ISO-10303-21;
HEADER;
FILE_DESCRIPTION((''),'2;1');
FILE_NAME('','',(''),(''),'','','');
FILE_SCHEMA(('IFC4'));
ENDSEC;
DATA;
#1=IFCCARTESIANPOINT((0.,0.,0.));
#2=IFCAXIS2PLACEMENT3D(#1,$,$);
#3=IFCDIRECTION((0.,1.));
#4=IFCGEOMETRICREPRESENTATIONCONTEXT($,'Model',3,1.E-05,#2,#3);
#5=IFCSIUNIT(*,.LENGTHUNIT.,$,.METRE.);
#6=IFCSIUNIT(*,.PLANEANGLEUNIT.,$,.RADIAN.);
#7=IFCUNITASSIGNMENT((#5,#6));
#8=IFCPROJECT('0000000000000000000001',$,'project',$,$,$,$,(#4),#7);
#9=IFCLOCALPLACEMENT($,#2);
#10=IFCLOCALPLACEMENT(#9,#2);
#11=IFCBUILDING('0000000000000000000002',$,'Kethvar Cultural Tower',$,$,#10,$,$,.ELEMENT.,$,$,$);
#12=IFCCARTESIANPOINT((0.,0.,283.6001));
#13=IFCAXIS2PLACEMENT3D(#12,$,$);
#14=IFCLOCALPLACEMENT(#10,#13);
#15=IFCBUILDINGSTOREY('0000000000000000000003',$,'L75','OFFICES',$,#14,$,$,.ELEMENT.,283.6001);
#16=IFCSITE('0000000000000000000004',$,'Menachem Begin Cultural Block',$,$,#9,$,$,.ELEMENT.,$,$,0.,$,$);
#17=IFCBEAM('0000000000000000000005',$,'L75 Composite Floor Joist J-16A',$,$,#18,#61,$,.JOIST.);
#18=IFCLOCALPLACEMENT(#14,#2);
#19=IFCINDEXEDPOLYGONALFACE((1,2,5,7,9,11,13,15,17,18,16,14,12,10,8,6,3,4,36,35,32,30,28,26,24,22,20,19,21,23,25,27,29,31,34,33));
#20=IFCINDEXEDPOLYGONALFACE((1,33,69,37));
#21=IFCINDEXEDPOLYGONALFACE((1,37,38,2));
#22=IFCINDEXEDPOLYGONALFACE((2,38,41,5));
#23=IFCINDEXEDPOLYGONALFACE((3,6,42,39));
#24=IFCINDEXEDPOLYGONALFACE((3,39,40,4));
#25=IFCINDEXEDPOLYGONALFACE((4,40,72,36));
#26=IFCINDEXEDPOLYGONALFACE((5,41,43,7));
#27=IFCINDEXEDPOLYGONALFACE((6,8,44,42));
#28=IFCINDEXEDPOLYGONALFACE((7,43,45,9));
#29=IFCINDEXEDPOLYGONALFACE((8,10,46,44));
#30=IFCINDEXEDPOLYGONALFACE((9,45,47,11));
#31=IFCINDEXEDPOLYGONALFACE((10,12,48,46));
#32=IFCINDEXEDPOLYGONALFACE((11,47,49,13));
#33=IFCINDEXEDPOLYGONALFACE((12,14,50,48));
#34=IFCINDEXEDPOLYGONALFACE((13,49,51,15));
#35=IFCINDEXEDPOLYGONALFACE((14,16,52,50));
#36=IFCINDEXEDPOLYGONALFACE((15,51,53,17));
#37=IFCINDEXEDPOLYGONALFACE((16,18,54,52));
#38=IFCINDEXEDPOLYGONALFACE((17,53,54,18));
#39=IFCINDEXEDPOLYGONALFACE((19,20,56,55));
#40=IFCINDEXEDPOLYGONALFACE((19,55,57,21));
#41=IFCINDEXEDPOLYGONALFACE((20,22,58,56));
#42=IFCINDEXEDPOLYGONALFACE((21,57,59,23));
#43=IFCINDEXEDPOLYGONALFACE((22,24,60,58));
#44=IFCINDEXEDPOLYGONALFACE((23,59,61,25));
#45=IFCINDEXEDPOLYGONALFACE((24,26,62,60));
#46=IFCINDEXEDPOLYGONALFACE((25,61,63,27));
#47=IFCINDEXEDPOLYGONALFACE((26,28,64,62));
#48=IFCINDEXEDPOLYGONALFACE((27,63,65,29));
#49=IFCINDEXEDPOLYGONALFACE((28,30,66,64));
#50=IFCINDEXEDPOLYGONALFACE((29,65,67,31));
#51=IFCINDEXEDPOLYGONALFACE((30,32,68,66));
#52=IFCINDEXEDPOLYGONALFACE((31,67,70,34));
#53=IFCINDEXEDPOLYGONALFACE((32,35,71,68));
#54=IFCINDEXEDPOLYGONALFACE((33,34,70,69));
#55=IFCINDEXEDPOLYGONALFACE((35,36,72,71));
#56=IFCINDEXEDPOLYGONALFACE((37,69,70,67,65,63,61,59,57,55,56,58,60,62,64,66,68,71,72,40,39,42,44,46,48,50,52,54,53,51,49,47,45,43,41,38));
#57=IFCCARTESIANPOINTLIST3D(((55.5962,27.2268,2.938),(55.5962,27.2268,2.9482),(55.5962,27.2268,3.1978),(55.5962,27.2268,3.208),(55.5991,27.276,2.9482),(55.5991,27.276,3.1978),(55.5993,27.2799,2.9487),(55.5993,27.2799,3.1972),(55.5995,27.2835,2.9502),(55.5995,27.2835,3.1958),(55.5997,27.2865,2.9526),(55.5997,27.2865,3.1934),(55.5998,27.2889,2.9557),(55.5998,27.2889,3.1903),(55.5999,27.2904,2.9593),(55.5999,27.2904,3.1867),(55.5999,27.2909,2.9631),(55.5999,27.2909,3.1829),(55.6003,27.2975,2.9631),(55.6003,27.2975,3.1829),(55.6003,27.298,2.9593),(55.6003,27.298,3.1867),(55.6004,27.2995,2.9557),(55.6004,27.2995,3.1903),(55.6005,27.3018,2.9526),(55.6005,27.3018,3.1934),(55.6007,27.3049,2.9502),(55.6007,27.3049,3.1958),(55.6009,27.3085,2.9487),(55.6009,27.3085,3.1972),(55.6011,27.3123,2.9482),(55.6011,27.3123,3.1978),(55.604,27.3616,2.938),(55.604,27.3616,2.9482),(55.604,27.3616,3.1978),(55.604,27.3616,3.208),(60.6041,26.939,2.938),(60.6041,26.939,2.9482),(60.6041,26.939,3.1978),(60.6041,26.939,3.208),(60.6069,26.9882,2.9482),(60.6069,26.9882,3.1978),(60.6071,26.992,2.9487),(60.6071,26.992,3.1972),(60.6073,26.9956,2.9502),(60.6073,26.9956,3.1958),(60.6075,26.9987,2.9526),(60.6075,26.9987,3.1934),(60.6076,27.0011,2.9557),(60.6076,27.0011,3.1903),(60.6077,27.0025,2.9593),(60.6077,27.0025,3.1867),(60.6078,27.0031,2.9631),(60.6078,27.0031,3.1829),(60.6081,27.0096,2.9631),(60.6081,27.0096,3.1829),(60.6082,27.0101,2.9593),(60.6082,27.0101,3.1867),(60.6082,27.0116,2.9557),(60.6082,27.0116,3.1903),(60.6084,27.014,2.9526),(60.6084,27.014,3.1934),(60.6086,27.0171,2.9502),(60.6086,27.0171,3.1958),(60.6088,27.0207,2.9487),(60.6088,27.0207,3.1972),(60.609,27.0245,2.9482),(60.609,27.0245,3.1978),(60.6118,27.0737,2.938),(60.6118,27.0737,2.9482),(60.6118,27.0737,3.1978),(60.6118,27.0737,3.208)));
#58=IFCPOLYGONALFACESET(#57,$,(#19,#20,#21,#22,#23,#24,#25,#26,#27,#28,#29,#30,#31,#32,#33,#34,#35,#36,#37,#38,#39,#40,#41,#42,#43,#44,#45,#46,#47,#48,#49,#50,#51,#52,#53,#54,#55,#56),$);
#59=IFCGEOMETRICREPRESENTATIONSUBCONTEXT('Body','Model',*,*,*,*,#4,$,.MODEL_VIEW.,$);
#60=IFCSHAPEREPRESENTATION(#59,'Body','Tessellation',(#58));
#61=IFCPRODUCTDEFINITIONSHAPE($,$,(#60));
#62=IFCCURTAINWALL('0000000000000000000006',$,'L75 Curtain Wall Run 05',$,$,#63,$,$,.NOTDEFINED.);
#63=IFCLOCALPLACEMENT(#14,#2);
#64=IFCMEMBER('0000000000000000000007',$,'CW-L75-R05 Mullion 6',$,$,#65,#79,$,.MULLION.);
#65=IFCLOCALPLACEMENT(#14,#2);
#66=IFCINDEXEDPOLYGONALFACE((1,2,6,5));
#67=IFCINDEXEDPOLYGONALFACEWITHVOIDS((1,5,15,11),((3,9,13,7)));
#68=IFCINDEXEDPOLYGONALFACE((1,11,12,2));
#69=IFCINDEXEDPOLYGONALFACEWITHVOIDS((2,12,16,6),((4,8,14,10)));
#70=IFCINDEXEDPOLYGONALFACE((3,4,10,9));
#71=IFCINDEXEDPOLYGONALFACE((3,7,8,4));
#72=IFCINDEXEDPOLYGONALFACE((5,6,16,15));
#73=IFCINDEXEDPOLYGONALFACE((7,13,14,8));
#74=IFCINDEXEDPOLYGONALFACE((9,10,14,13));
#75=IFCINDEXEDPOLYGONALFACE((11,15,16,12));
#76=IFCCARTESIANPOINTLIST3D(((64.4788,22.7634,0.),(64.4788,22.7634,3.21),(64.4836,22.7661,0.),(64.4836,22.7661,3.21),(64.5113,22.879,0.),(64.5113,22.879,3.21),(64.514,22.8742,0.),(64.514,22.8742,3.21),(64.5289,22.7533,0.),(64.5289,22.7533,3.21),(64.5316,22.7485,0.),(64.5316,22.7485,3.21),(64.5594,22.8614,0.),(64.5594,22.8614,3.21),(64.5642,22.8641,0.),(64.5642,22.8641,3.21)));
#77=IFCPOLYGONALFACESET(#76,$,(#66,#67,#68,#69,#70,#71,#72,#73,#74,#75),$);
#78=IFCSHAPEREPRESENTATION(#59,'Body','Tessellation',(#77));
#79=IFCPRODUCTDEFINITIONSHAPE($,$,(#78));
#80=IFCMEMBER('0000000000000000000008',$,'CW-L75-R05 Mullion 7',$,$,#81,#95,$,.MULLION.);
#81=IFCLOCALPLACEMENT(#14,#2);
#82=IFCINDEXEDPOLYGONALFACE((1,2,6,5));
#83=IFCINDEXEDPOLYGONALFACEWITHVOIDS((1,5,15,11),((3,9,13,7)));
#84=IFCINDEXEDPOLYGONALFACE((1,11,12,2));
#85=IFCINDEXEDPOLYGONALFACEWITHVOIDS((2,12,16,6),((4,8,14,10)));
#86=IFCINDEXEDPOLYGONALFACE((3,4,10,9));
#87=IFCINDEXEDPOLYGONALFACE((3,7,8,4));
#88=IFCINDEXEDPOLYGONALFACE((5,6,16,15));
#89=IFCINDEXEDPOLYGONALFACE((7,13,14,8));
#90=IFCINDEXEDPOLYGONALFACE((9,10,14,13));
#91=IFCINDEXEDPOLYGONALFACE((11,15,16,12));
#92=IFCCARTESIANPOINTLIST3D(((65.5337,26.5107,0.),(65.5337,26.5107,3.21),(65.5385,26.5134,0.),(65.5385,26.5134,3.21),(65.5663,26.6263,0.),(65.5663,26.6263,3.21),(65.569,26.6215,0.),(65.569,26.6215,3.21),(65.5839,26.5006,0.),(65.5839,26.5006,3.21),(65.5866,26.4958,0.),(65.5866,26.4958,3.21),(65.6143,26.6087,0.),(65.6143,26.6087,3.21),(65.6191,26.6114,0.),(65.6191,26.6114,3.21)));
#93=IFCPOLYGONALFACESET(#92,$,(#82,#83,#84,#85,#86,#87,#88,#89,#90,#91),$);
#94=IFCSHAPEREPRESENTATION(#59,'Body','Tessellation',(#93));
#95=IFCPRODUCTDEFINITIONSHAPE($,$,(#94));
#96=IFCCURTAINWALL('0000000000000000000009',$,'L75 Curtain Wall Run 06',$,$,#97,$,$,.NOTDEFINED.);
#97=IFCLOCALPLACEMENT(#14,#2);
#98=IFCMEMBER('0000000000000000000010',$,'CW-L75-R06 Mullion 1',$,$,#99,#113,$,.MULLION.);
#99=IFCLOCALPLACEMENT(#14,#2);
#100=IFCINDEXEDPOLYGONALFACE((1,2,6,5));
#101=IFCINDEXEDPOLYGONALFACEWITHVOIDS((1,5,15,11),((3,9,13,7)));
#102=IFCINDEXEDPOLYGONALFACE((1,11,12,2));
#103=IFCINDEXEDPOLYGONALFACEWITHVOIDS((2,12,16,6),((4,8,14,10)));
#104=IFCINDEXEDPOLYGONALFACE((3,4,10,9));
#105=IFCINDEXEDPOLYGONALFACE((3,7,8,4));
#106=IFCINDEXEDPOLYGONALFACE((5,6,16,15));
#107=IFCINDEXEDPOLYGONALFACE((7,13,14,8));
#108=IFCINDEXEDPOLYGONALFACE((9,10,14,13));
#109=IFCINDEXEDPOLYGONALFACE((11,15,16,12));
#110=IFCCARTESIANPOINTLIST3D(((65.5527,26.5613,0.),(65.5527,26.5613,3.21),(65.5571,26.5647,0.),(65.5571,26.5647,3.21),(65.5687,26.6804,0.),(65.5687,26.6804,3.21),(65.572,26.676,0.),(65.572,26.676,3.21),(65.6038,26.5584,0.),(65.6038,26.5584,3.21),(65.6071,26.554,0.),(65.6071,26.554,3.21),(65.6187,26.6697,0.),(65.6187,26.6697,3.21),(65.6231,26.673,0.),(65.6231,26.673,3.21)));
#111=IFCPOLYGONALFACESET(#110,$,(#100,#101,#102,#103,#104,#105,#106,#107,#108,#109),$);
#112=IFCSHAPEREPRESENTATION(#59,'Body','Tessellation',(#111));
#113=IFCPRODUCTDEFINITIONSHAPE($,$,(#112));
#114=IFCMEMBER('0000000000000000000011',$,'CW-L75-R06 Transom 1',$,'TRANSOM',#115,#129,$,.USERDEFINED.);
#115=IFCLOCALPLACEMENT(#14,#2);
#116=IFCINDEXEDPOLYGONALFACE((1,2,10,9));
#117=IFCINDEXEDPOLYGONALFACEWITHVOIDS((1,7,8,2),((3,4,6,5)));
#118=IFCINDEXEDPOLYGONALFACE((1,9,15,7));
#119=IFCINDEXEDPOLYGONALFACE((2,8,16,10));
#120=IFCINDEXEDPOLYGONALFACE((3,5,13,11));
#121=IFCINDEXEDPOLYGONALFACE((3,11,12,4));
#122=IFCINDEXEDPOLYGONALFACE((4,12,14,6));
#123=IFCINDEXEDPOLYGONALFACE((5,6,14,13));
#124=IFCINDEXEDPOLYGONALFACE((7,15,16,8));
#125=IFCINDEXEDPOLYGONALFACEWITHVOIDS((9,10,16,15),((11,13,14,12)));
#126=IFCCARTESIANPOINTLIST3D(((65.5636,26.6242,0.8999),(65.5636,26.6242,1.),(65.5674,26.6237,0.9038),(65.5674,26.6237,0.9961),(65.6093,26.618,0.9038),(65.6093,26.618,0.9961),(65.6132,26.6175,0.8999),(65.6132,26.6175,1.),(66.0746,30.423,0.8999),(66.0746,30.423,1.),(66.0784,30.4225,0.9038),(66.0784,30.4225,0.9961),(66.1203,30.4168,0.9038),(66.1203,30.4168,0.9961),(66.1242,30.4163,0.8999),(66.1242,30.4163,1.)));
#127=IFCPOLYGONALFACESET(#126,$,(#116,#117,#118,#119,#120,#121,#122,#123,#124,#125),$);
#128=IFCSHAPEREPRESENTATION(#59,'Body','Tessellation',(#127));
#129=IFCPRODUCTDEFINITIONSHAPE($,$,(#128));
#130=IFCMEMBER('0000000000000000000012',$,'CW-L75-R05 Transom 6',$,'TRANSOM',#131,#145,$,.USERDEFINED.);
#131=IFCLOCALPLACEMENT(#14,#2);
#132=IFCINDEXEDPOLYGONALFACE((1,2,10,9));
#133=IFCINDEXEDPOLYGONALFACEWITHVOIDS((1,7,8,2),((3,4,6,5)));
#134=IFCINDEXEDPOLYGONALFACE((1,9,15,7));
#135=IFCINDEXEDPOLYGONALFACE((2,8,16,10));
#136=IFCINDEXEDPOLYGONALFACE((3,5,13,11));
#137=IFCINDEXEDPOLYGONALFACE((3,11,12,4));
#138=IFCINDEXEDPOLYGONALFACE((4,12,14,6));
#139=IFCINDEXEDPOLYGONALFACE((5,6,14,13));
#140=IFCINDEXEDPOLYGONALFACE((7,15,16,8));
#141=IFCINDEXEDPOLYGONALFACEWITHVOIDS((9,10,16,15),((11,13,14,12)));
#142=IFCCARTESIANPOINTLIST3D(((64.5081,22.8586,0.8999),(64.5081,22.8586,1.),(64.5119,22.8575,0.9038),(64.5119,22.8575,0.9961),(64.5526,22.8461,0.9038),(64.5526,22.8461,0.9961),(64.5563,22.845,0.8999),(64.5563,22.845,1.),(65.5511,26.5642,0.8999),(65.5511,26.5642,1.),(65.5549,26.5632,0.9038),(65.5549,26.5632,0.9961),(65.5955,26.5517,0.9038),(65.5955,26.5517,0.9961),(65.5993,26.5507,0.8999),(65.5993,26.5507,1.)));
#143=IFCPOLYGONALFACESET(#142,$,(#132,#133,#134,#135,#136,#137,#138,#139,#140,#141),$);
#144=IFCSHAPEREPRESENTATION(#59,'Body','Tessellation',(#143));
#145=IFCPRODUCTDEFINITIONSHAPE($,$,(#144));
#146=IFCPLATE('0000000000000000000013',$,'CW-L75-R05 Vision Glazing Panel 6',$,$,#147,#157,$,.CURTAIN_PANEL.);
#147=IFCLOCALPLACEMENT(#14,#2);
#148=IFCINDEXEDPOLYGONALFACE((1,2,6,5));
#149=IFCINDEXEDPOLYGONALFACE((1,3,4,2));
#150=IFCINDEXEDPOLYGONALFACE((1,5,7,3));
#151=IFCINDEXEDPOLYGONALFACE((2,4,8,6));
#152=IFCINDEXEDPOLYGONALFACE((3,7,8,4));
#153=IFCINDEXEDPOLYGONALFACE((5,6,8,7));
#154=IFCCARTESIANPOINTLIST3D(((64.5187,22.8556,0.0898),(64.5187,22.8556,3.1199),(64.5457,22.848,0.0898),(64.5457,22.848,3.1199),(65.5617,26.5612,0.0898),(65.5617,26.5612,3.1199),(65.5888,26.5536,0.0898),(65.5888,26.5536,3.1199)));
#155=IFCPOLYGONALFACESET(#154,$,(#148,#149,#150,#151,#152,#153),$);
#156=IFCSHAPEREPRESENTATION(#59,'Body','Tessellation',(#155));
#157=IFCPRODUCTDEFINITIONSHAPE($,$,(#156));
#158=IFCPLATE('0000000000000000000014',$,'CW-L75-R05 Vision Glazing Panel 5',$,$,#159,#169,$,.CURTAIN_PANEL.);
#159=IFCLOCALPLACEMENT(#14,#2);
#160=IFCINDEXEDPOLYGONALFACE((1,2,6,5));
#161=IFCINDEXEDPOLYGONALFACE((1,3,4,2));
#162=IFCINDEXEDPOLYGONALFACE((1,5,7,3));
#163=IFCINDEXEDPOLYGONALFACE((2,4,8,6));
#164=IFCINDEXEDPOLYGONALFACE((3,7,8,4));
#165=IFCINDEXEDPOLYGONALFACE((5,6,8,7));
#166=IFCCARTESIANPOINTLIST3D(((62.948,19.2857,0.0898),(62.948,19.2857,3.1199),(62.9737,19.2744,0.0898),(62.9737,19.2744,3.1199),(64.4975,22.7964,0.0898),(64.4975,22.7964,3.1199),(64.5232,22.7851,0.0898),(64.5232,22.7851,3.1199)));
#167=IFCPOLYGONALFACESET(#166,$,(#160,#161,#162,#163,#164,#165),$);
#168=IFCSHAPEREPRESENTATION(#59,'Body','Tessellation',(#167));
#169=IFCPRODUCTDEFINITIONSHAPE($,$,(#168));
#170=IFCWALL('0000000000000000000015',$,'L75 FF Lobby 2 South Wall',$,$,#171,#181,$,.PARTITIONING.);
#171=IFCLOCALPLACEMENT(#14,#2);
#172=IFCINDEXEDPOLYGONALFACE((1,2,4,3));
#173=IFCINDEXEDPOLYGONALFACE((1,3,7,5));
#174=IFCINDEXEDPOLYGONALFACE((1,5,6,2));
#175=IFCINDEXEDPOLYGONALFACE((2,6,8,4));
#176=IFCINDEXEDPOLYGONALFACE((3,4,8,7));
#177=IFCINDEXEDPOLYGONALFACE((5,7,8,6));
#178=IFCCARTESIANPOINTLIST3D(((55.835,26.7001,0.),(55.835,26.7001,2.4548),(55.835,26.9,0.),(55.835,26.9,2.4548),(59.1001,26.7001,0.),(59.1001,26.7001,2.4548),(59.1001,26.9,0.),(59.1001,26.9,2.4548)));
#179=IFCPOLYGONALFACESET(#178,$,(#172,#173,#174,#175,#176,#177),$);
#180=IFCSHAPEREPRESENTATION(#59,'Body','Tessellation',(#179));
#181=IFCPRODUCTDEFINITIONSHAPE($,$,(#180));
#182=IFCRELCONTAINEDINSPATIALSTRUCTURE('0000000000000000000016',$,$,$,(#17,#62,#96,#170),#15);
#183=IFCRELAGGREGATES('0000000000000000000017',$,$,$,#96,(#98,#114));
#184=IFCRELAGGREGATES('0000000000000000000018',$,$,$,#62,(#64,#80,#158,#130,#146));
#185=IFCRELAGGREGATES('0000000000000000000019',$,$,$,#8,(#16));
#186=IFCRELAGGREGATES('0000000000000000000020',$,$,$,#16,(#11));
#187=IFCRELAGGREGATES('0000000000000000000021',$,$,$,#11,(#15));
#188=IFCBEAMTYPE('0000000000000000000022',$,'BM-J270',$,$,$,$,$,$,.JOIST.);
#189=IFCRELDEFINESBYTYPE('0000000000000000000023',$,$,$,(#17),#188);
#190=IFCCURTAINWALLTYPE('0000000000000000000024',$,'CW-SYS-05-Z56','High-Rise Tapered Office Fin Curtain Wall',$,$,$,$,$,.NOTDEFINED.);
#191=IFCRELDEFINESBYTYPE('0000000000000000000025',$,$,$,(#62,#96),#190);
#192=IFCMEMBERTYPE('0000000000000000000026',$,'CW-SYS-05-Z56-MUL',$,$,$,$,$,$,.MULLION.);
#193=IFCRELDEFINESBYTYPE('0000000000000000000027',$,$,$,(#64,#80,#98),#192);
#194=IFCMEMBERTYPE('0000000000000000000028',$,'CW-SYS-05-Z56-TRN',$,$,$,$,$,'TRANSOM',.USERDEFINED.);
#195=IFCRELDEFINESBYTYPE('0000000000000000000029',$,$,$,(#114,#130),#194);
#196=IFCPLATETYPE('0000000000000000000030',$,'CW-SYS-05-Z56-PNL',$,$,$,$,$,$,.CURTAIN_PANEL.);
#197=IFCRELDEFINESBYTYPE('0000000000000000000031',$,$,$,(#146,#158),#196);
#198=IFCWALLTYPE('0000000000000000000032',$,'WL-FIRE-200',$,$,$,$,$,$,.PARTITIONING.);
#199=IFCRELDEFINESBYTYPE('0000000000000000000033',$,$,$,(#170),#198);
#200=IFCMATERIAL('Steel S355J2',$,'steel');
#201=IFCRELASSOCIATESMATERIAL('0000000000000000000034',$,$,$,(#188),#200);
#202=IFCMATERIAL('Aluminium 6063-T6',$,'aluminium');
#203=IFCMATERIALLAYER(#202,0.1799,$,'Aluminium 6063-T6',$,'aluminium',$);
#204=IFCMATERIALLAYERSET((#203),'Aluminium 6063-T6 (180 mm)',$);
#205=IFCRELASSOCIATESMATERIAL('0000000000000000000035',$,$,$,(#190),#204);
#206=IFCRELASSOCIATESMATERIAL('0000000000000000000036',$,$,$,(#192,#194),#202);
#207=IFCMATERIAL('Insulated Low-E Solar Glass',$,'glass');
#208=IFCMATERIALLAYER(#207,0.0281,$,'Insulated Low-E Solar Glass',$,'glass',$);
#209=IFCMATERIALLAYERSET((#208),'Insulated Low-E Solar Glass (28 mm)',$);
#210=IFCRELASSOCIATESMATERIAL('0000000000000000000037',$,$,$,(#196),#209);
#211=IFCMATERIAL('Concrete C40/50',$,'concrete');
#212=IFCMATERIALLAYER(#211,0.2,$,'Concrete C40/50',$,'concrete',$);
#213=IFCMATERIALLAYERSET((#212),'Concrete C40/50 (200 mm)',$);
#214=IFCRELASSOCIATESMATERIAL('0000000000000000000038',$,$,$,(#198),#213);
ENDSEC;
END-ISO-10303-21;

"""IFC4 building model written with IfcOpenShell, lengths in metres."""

from ifc_helpers import new_model, si_unit, direction, frame, frame_2d, origin, origin_2d, place, context, subcontext, project, spatial, rectangle, hollow_rectangle, i_section, extrude, source, transform, mapped, material, layer, layer_set, material_profile, profile_set, type_object, element, aggregate, save


model = new_model("IFC4")

# Units and contexts
model_context = context("Model", 3, precision=1e-05, world=origin(), true_north=direction((0.0, 1.0)))
body_context = subcontext(model_context, "Body", "Model", "MODEL_VIEW")
ifc_project = project(units=[si_unit("LENGTHUNIT", "METRE"), si_unit("PLANEANGLEUNIT", "RADIAN")], contexts=[model_context])

# Site, building, storey
site_placement = place(None, origin())
site = spatial("IfcSite", under=ifc_project, at=site_placement, Name="Menachem Begin Cultural Block", CompositionType="ELEMENT", RefElevation=0.0)
building_placement = place(site_placement, origin())
building = spatial("IfcBuilding", under=site, at=building_placement, Name="Kethvar Cultural Tower", CompositionType="ELEMENT")
storey_placement = place(building_placement, frame((0.0, 0.0, 283.6001)))
storey = spatial("IfcBuildingStorey", under=building, at=storey_placement, Name="L75", Description="OFFICES", CompositionType="ELEMENT", Elevation=283.6001)

# Shared definitions
ifc_material_1 = material(Name="Steel S355J2", Category="steel")

# Beam
ifc_material_profile_1 = material_profile(ifc_material_1, i_section(OverallWidth=0.135, OverallDepth=0.27, WebThickness=0.0066, FlangeThickness=0.0103, FilletRadius=0.0149, at=origin_2d()), Name="Steel S355J2 — IPE270")
ifc_profile_set_1 = profile_set([ifc_material_profile_1], Name="Steel S355J2 — IPE270")
beam_type_1 = type_object("IfcBeamType", Name="BM-J270", PredefinedType="JOIST", material=ifc_profile_set_1)
shared_shape_1 = source(origin(), body_context, "Body", "SweptSolid", [
    extrude(i_section(OverallWidth=0.135, OverallDepth=0.27, WebThickness=0.0066, FlangeThickness=0.0103, FilletRadius=0.0149, at=origin_2d()), origin(), (0.0, 0.0, 1.0), 5.0161),
])
beam_1_placement = place(storey_placement, frame((55.6001, 27.2942, 3.073), z_axis=(0.998352, -0.057384, 0.0), x_axis=(0.057384, 0.998352, 0.0)))
element("IfcBeam", 1, at=beam_1_placement, inside=storey, type_object=beam_type_1, Name="L75 Composite Floor Joist J-16A", PredefinedType="JOIST", context=body_context, shape_type="MappedRepresentation", body=[
    mapped(shared_shape_1, transform((0.0, 0.0, 0.0), scale=1.0)),
])

# Curtain walls, members
ifc_material_2 = material(Name="Aluminium 6063-T6", Category="aluminium")
ifc_layer_1 = layer(ifc_material_2, 0.1799, Name="Aluminium 6063-T6", Category="aluminium")
ifc_layer_set_1 = layer_set([ifc_layer_1], Name="Aluminium 6063-T6 (180 mm)")
curtain_wall_type = type_object("IfcCurtainWallType", Name="CW-SYS-05-Z56", Description="High-Rise Tapered Office Fin Curtain Wall", PredefinedType="NOTDEFINED", material=ifc_layer_set_1)
curtain_wall_1_placement = place(storey_placement, origin())
curtain_wall_1 = element("IfcCurtainWall", 2, at=curtain_wall_1_placement, inside=storey, type_object=curtain_wall_type, Name="L75 Curtain Wall Run 05", PredefinedType="NOTDEFINED")
ifc_material_profile_2 = material_profile(ifc_material_2, hollow_rectangle(XDim=0.0549, YDim=0.1201, WallThickness=0.0039, at=origin_2d()), Name="Aluminium 6063-T6 — RHS120x55x4")
ifc_profile_set_2 = profile_set([ifc_material_profile_2], Name="Aluminium 6063-T6 — RHS120x55x4")
member_type_1 = type_object("IfcMemberType", Name="CW-SYS-05-Z56-MUL", PredefinedType="MULLION", material=ifc_profile_set_2)
shared_shape_2 = source(origin(), body_context, "Body", "SweptSolid", [
    extrude(hollow_rectangle(XDim=0.0549, YDim=0.1201, WallThickness=0.0039, at=origin_2d()), origin(), (0.0, 0.0, 1.0), 3.21),
])
member_1_placement = place(storey_placement, frame((64.5215, 22.8137, 0.0), z_axis=(0.0, 0.0, 1.0), x_axis=(-0.962593, 0.270953, 0.0)))
member_1 = element("IfcMember", 3, at=member_1_placement, type_object=member_type_1, Name="CW-L75-R05 Mullion 6", PredefinedType="MULLION", context=body_context, shape_type="MappedRepresentation", body=[
    mapped(shared_shape_2, transform((0.0, 0.0, 0.0), scale=1.0)),
])
member_2_placement = place(storey_placement, frame((65.5764, 26.561, 0.0), z_axis=(0.0, 0.0, 1.0), x_axis=(-0.962593, 0.270953, 0.0)))
member_2 = element("IfcMember", 4, at=member_2_placement, type_object=member_type_1, Name="CW-L75-R05 Mullion 7", PredefinedType="MULLION", context=body_context, shape_type="MappedRepresentation", body=[
    mapped(shared_shape_2, transform((0.0, 0.0, 0.0), scale=1.0)),
])
curtain_wall_2_placement = place(storey_placement, origin())
curtain_wall_2 = element("IfcCurtainWall", 5, at=curtain_wall_2_placement, inside=storey, type_object=curtain_wall_type, Name="L75 Curtain Wall Run 06", PredefinedType="NOTDEFINED")
member_3_placement = place(storey_placement, frame((65.5879, 26.6172, 0.0), z_axis=(0.0, 0.0, 1.0), x_axis=(-0.991074, 0.133312, 0.0)))
member_3 = element("IfcMember", 6, at=member_3_placement, type_object=member_type_1, Name="CW-L75-R06 Mullion 1", PredefinedType="MULLION", context=body_context, shape_type="MappedRepresentation", body=[
    mapped(shared_shape_2, transform((0.0, 0.0, 0.0), scale=1.0)),
])
ifc_material_profile_3 = material_profile(ifc_material_2, hollow_rectangle(XDim=0.05, YDim=0.1001, WallThickness=0.0039, at=origin_2d()), Name="Aluminium 6063-T6 — RHS100x50x4")
ifc_profile_set_3 = profile_set([ifc_material_profile_3], Name="Aluminium 6063-T6 — RHS100x50x4")
member_type_2 = type_object("IfcMemberType", Name="CW-SYS-05-Z56-TRN", ElementType="TRANSOM", PredefinedType="USERDEFINED", material=ifc_profile_set_3)
shared_shape_3 = source(origin(), body_context, "Body", "SweptSolid", [
    extrude(hollow_rectangle(XDim=0.05, YDim=0.1001, WallThickness=0.0039, at=origin_2d()), origin(), (0.0, 0.0, 1.0), 3.833),
])
member_4_placement = place(storey_placement, frame((65.5884, 26.6208, 0.95), z_axis=(0.133311, 0.991074, 0.0), x_axis=(-0.991074, 0.133311, 0.0)))
member_4 = element("IfcMember", 7, at=member_4_placement, type_object=member_type_2, Name="CW-L75-R06 Transom 1", ObjectType="TRANSOM", PredefinedType="USERDEFINED", context=body_context, shape_type="MappedRepresentation", body=[
    mapped(shared_shape_3, transform((0.0, 0.0, 0.0), scale=1.0)),
])
aggregate(curtain_wall_2, [member_3, member_4])

# Member
shared_shape_4 = source(origin(), body_context, "Body", "SweptSolid", [
    extrude(hollow_rectangle(XDim=0.05, YDim=0.1001, WallThickness=0.0039, at=origin_2d()), origin(), (0.0, 0.0, 1.0), 3.8496),
])
member_5_placement = place(storey_placement, frame((64.5322, 22.8518, 0.95), z_axis=(0.270933, 0.962598, 0.0), x_axis=(-0.962598, 0.270933, 0.0)))
member_5 = element("IfcMember", 8, at=member_5_placement, type_object=member_type_2, Name="CW-L75-R05 Transom 6", ObjectType="TRANSOM", PredefinedType="USERDEFINED", context=body_context, shape_type="MappedRepresentation", body=[
    mapped(shared_shape_4, transform((0.0, 0.0, 0.0), scale=1.0)),
])

# Plates
ifc_material_3 = material(Name="Insulated Low-E Solar Glass", Category="glass")
ifc_layer_2 = layer(ifc_material_3, 0.0281, Name="Insulated Low-E Solar Glass", Category="glass")
ifc_layer_set_2 = layer_set([ifc_layer_2], Name="Insulated Low-E Solar Glass (28 mm)")
plate_type = type_object("IfcPlateType", Name="CW-SYS-05-Z56-PNL", PredefinedType="CURTAIN_PANEL", material=ifc_layer_set_2)
shared_shape_5 = source(origin(), body_context, "Body", "SweptSolid", [
    extrude(rectangle(XDim=3.8496, YDim=0.0281, at=origin_2d()), origin(), (0.0, 0.0, 1.0), 3.03),
])
plate_1_placement = place(storey_placement, frame((65.0537, 24.7046, 0.0898), z_axis=(0.0, 0.0, 1.0), x_axis=(0.270953, 0.962593, 0.0)))
plate_1 = element("IfcPlate", 9, at=plate_1_placement, type_object=plate_type, Name="CW-L75-R05 Vision Glazing Panel 6", PredefinedType="CURTAIN_PANEL", context=body_context, shape_type="MappedRepresentation", body=[
    mapped(shared_shape_5, transform((0.0, 0.0, 0.0), scale=1.0)),
])
shared_shape_6 = source(origin(), body_context, "Body", "SweptSolid", [
    extrude(rectangle(XDim=3.8374, YDim=0.0281, at=origin_2d()), origin(), (0.0, 0.0, 1.0), 3.03),
])
plate_2_placement = place(storey_placement, frame((63.7356, 21.0354, 0.0898), z_axis=(0.0, 0.0, 1.0), x_axis=(0.403769, 0.914861, 0.0)))
plate_2 = element("IfcPlate", 10, at=plate_2_placement, type_object=plate_type, Name="CW-L75-R05 Vision Glazing Panel 5", PredefinedType="CURTAIN_PANEL", context=body_context, shape_type="MappedRepresentation", body=[
    mapped(shared_shape_6, transform((0.0, 0.0, 0.0), scale=1.0)),
])
aggregate(curtain_wall_1, [member_1, member_2, plate_2, member_5, plate_1])

# Shared definitions
ifc_material_4 = material(Name="Concrete C40/50", Category="concrete")
ifc_layer_3 = layer(ifc_material_4, 0.2, Name="Concrete C40/50", Category="concrete")
ifc_layer_set_3 = layer_set([ifc_layer_3], Name="Concrete C40/50 (200 mm)")
wall_type_1 = type_object("IfcWallType", Name="WL-FIRE-200", PredefinedType="PARTITIONING", material=ifc_layer_set_3)

# Wall
wall_1_placement = place(storey_placement, frame((55.835, 26.8, 0.0), z_axis=(0.0, 0.0, 1.0), x_axis=(1.0, 0.0, 0.0)))
element("IfcWall", 11, at=wall_1_placement, inside=storey, type_object=wall_type_1, Name="L75 FF Lobby 2 South Wall", PredefinedType="PARTITIONING", context=body_context, shape_type="SweptSolid", body=[
    extrude(rectangle(XDim=3.2651, YDim=0.2, at=frame_2d((1.6326, 0.0))), origin(), (0.0, 0.0, 1.0), 2.4548),
])

save(model, "model.ifc")
